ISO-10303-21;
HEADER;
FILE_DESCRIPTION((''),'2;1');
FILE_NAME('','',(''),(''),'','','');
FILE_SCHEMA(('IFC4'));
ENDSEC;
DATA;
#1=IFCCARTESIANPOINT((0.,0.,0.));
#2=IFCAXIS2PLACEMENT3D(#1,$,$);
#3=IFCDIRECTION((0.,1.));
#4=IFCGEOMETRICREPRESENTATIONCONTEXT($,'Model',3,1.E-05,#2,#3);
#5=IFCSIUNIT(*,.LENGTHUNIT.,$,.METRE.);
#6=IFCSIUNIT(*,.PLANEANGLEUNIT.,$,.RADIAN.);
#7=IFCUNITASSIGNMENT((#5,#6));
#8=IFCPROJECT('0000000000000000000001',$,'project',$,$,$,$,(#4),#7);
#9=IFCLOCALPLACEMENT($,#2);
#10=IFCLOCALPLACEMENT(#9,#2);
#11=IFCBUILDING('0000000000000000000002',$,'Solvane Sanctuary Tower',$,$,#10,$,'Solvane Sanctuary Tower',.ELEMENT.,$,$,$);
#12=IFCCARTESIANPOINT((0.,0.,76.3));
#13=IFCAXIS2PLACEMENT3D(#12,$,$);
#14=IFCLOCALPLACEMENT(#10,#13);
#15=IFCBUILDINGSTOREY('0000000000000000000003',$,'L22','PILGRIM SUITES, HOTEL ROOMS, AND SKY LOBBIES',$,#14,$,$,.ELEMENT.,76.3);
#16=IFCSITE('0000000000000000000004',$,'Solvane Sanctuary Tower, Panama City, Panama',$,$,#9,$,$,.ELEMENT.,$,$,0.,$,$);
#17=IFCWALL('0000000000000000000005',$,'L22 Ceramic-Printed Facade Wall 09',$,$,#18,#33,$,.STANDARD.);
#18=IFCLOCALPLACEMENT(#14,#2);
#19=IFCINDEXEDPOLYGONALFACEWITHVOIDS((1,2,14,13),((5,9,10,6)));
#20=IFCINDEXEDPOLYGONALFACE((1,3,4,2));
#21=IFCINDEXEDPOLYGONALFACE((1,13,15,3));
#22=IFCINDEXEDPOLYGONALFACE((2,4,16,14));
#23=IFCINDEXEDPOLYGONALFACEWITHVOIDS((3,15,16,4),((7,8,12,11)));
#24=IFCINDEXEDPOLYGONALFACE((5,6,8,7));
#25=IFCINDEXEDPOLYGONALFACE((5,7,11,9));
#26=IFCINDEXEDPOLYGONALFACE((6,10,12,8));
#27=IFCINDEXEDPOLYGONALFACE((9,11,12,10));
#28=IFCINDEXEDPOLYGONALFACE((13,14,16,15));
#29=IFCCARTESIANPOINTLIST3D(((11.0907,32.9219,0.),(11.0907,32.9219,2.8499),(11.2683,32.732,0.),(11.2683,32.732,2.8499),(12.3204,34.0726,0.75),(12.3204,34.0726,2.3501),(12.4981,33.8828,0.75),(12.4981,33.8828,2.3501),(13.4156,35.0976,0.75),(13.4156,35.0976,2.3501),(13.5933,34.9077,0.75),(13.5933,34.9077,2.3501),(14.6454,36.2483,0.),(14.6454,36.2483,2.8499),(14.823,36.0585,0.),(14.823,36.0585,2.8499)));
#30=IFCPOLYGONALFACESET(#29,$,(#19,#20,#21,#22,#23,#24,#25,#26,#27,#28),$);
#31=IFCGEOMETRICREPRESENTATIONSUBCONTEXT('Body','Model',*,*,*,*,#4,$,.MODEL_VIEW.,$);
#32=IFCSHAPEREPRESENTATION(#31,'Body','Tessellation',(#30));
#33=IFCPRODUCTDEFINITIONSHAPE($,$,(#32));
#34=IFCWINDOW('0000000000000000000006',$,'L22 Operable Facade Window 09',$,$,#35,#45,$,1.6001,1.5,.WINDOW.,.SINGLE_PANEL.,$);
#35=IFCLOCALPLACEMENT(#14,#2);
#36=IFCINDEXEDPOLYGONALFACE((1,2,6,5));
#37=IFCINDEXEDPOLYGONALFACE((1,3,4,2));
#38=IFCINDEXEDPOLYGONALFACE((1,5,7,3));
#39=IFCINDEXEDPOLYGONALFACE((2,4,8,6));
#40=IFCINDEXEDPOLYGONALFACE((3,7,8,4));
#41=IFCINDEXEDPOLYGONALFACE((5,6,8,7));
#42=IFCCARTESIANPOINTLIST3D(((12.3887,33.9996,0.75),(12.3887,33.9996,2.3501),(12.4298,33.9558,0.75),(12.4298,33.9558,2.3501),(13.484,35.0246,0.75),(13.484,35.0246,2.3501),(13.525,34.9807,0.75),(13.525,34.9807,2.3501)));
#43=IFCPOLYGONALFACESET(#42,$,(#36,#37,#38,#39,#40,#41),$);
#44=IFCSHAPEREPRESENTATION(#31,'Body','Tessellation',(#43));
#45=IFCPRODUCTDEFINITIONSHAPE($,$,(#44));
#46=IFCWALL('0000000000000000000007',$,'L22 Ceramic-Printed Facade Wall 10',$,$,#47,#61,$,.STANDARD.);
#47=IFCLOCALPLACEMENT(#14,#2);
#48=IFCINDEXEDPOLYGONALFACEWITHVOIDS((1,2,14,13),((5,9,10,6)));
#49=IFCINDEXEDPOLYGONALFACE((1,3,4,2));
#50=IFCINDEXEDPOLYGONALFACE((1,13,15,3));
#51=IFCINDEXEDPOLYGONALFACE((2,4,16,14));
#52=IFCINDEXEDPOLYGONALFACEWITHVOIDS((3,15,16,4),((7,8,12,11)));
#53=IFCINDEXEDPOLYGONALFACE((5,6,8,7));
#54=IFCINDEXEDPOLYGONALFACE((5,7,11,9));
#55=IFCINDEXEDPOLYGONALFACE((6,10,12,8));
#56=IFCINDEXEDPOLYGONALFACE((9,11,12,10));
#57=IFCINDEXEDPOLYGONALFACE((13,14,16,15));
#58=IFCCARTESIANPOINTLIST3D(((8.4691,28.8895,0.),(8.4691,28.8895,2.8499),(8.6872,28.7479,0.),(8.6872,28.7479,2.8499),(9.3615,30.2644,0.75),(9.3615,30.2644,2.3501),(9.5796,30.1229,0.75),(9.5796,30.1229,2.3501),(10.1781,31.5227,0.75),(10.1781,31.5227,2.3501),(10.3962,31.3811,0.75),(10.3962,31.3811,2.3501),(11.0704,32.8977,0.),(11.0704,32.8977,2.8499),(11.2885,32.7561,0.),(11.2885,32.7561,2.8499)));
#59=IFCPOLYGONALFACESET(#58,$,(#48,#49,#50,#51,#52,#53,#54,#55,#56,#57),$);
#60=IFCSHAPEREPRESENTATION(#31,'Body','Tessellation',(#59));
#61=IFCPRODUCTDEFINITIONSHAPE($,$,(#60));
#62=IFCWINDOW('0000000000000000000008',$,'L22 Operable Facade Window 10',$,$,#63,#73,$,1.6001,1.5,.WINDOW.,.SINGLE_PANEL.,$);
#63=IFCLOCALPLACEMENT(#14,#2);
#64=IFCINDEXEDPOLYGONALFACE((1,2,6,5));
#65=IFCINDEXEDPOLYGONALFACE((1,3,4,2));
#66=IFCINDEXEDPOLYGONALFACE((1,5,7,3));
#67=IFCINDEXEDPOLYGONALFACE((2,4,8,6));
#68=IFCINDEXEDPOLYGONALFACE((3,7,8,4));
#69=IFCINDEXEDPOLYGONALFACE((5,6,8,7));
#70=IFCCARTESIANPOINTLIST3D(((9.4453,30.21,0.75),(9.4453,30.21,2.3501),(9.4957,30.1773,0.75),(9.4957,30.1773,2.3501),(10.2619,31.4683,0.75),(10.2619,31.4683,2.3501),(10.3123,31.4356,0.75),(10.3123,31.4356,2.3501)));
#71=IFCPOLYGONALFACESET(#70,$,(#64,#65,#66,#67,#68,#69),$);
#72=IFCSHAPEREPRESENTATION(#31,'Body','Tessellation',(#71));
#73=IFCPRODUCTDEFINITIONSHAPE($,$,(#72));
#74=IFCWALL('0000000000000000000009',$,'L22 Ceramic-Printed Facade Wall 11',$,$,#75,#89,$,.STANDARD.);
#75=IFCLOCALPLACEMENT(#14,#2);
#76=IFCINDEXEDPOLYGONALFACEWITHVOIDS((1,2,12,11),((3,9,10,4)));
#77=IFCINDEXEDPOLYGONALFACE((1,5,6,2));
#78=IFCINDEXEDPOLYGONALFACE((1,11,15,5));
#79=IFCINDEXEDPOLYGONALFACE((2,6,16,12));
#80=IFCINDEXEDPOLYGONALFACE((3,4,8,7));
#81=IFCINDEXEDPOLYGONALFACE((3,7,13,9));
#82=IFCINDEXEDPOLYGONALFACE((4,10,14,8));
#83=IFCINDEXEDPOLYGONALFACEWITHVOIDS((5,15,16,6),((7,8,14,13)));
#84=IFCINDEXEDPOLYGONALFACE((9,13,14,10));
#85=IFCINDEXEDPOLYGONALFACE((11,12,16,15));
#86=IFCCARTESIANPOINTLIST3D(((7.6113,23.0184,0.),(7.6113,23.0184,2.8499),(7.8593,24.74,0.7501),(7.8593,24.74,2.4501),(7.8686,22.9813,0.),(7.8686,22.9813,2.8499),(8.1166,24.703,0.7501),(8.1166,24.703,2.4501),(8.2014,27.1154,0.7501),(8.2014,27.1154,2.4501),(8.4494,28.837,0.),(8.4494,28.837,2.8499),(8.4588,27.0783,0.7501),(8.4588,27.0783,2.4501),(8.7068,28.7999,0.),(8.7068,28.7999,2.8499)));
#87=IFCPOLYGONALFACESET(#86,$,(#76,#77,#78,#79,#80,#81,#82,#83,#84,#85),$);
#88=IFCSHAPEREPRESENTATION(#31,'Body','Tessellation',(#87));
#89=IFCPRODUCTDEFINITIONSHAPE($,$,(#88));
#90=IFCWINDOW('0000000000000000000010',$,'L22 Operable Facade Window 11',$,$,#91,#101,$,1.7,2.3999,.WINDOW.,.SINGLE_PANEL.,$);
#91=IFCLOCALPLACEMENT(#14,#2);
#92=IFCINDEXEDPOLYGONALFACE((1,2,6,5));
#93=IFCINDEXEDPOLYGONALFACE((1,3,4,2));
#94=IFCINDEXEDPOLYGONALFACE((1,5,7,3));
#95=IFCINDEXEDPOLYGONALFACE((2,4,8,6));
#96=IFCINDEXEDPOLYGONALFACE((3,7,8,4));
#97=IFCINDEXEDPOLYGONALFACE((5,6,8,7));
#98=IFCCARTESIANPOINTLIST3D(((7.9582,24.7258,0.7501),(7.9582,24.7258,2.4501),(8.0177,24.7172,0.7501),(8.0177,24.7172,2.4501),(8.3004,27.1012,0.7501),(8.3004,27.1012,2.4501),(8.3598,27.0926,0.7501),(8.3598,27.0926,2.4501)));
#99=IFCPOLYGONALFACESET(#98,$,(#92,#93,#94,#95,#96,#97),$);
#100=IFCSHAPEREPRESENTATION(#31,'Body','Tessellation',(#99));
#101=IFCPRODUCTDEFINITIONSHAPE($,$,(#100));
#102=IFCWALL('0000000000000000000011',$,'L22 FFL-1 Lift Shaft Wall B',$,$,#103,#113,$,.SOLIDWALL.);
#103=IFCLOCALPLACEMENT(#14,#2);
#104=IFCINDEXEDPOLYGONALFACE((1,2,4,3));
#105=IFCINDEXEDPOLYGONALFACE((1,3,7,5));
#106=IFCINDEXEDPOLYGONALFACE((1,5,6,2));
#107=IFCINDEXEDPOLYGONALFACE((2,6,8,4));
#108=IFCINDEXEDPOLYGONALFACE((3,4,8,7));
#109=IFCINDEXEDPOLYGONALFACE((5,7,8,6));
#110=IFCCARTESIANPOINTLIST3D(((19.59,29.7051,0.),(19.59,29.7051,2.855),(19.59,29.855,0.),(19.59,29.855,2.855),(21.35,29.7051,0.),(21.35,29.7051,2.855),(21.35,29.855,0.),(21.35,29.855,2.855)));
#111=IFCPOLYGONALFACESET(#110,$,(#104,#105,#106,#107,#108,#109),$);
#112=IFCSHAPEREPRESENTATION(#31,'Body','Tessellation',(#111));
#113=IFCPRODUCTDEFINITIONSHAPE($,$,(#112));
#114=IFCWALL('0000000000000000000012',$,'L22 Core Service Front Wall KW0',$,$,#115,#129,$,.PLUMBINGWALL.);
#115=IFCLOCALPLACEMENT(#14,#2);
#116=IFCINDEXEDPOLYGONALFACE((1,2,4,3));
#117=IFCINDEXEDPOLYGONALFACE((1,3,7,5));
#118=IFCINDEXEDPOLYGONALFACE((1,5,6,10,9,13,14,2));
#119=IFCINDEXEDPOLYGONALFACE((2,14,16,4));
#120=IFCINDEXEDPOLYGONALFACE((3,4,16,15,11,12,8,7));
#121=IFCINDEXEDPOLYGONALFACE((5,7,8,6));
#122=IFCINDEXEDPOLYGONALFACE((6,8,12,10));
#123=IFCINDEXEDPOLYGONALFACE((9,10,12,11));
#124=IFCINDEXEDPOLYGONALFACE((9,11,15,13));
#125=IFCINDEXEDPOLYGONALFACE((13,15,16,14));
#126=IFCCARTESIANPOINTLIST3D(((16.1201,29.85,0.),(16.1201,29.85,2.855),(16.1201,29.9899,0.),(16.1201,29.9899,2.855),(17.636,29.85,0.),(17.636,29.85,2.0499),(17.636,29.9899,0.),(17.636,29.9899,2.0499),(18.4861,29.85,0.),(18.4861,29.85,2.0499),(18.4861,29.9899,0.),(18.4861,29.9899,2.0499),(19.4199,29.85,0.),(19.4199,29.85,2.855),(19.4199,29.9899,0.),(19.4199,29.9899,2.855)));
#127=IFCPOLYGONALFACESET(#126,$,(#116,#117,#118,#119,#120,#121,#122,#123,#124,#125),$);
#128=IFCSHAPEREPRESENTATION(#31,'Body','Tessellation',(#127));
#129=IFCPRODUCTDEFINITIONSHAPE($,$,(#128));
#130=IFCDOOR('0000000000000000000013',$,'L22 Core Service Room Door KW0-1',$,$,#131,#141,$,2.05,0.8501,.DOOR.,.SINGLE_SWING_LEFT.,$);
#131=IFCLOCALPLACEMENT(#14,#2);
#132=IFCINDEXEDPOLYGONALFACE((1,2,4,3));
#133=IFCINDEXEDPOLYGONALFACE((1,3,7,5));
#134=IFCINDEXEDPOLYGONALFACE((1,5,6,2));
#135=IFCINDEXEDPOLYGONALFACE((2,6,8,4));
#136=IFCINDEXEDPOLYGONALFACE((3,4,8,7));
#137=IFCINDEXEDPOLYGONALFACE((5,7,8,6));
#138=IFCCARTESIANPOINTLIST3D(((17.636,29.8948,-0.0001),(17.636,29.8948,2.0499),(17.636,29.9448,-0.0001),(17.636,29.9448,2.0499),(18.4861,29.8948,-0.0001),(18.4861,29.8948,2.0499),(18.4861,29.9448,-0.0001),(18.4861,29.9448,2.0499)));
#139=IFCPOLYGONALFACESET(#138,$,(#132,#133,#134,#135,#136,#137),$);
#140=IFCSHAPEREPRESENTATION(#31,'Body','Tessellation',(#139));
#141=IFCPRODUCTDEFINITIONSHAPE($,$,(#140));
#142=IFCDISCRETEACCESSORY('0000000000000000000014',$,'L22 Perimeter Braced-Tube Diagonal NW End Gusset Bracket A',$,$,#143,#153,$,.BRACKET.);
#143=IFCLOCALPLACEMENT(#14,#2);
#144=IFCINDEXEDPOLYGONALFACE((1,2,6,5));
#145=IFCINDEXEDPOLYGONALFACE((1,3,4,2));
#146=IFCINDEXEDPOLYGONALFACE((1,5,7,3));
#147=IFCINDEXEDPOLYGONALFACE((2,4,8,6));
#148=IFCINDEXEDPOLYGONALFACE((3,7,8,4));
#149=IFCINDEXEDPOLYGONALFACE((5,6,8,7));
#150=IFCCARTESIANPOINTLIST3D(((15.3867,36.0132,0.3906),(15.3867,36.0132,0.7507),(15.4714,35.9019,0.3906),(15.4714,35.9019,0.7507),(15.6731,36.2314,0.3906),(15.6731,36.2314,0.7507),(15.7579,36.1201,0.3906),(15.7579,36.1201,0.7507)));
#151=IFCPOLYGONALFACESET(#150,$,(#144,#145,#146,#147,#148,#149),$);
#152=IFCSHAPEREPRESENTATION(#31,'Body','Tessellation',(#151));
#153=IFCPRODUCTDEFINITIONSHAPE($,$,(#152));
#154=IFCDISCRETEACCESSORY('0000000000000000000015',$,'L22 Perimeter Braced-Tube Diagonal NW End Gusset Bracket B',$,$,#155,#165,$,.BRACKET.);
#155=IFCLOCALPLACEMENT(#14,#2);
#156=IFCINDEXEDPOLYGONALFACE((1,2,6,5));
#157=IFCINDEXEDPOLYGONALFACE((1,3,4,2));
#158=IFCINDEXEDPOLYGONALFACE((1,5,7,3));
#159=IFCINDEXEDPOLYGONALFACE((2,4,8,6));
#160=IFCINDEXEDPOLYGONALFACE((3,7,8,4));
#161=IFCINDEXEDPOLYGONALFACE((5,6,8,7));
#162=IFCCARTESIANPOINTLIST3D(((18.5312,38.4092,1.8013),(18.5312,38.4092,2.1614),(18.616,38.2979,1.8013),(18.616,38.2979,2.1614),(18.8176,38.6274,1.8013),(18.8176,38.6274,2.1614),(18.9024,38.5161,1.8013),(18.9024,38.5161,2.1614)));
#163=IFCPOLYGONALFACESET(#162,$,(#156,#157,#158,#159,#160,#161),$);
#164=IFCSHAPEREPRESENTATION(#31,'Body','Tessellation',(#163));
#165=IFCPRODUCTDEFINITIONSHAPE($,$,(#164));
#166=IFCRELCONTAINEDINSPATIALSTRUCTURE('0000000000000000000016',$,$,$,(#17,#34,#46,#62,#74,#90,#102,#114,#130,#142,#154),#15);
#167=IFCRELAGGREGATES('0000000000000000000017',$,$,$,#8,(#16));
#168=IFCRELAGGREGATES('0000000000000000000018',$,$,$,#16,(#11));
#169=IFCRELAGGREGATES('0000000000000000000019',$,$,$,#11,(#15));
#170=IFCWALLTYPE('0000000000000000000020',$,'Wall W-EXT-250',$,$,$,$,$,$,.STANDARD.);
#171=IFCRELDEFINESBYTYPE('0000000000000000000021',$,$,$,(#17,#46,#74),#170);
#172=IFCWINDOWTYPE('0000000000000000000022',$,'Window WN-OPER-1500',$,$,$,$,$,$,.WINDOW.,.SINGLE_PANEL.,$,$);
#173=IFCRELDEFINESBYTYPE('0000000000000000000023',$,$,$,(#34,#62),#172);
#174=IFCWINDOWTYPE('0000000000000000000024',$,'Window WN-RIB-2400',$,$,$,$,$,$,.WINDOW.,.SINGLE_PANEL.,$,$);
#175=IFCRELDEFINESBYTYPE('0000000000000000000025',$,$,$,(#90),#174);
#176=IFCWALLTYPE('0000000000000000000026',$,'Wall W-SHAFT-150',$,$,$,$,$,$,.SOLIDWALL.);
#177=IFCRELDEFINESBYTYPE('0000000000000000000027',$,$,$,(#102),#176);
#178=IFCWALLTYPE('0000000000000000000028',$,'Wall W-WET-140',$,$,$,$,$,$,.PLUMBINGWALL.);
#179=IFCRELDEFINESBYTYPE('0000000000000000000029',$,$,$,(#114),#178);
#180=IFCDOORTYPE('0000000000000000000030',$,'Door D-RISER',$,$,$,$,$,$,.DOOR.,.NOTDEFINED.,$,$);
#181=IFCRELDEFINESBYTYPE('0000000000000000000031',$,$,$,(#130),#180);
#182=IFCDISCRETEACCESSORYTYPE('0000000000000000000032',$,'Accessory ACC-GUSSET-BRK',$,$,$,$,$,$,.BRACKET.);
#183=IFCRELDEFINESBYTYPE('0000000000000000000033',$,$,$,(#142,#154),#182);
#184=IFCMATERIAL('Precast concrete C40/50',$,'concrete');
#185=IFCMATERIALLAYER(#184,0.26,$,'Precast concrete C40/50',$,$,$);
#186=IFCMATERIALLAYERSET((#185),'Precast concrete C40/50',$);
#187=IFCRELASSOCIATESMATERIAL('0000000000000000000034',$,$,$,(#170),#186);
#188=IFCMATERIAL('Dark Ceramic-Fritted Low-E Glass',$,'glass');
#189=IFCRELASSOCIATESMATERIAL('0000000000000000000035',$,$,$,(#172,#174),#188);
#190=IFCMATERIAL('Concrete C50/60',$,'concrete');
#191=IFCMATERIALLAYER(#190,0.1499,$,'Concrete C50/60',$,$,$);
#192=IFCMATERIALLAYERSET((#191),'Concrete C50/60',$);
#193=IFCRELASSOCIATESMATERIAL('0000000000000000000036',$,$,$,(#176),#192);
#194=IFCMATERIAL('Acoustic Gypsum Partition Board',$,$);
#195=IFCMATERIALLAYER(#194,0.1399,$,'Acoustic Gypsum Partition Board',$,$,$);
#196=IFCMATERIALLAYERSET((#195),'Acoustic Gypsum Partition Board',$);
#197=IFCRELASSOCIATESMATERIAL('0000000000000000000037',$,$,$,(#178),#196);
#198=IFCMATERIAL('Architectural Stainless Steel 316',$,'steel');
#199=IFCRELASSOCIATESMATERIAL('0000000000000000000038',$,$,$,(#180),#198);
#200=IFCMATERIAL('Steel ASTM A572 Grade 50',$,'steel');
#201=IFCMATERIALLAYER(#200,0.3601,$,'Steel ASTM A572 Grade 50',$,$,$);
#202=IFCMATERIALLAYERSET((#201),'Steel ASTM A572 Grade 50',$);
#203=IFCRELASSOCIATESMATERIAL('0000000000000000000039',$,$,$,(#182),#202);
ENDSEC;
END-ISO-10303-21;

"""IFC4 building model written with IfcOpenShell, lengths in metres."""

from ifc_helpers import new_model, si_unit, direction, frame, frame_2d, origin, origin_2d, place, context, subcontext, project, spatial, rectangle, extrude, material, layer, layer_set, type_object, element, fill, save


model = new_model("IFC4")

# Units and contexts
model_context = context("Model", 3, precision=1e-05, world=origin(), true_north=direction((0.0, 1.0)))
body_context = subcontext(model_context, "Body", "Model", "MODEL_VIEW")
ifc_project = project(units=[si_unit("LENGTHUNIT", "METRE"), si_unit("PLANEANGLEUNIT", "RADIAN")], contexts=[model_context])

# Site, building, storey
site_placement = place(None, origin())
site = spatial("IfcSite", under=ifc_project, at=site_placement, Name="Solvane Sanctuary Tower, Panama City, Panama", CompositionType="ELEMENT", RefElevation=0.0)
building_placement = place(site_placement, origin())
building = spatial("IfcBuilding", under=site, at=building_placement, Name="Solvane Sanctuary Tower", LongName="Solvane Sanctuary Tower", CompositionType="ELEMENT")
storey_placement = place(building_placement, frame((0.0, 0.0, 76.3)))
storey = spatial("IfcBuildingStorey", under=building, at=storey_placement, Name="L22", Description="PILGRIM SUITES, HOTEL ROOMS, AND SKY LOBBIES", CompositionType="ELEMENT", Elevation=76.3)

# Shared definitions
ifc_material_1 = material(Name="Acoustic Gypsum Partition Board")

# Shared definitions
ifc_material_2 = material(Name="Precast concrete C40/50", Category="concrete")
ifc_layer_1 = layer(ifc_material_2, 0.26, Name="Precast concrete C40/50")
ifc_layer_set_1 = layer_set([ifc_layer_1], Name="Precast concrete C40/50")
wall_type_1 = type_object("IfcWallType", Name="Wall W-EXT-250", PredefinedType="STANDARD", material=ifc_layer_set_1)

# Walls, openings, windows
wall_1_placement = place(storey_placement, frame((14.7341, 36.1533, 0.0), z_axis=(0.0, 0.0, 1.0), x_axis=(-0.730162, -0.683274, 0.0)))
wall_1 = element("IfcWall", 1, at=wall_1_placement, inside=storey, type_object=wall_type_1, Name="L22 Ceramic-Printed Facade Wall 09", PredefinedType="STANDARD", context=body_context, shape_type="SweptSolid", body=[
    extrude(rectangle(XDim=4.8684, YDim=0.26, at=frame_2d((2.4341, 0.0))), origin(), (0.0, 0.0, 1.0), 2.8499),
])
opening_1_placement = place(wall_1_placement, frame((1.6841, 0.0, 0.75)))
opening_1 = element("IfcOpeningElement", 2, at=opening_1_placement, cuts=wall_1, PredefinedType="OPENING", context=body_context, shape_type="SweptSolid", body=[
    extrude(rectangle(XDim=1.5, YDim=1.6001, at=frame_2d((0.75, 0.8))), frame((0.0, 0.1399, 0.0), z_axis=(0.0, -1.0, 0.0), x_axis=(1.0, 0.0, 0.0)), (0.0, 0.0, 1.0), 0.28),
])
ifc_material_3 = material(Name="Dark Ceramic-Fritted Low-E Glass", Category="glass")
window_type_1 = type_object("IfcWindowType", Name="Window WN-OPER-1500", PartitioningType="SINGLE_PANEL", PredefinedType="WINDOW", material=ifc_material_3)
window_1_placement = place(opening_1_placement, origin())
window_1 = element("IfcWindow", 3, at=window_1_placement, inside=storey, type_object=window_type_1, Name="L22 Operable Facade Window 09", OverallHeight=1.6001, OverallWidth=1.5, PartitioningType="SINGLE_PANEL", PredefinedType="WINDOW", context=body_context, shape_type="SweptSolid", body=[
    extrude(rectangle(XDim=1.5, YDim=1.6001, at=frame_2d((0.75, 0.8))), frame((0.0, 0.03, 0.0), z_axis=(0.0, -1.0, 0.0), x_axis=(1.0, 0.0, 0.0)), (0.0, 0.0, 1.0), 0.0601),
])
fill(opening_1, window_1)
wall_2_placement = place(storey_placement, frame((11.1794, 32.8269, 0.0), z_axis=(0.0, 0.0, 1.0), x_axis=(-0.544388, -0.838833, 0.0)))
wall_2 = element("IfcWall", 4, at=wall_2_placement, inside=storey, type_object=wall_type_1, Name="L22 Ceramic-Printed Facade Wall 10", PredefinedType="STANDARD", context=body_context, shape_type="SweptSolid", body=[
    extrude(rectangle(XDim=4.7783, YDim=0.26, at=frame_2d((2.3892, 0.0))), origin(), (0.0, 0.0, 1.0), 2.8499),
])
opening_2_placement = place(wall_2_placement, frame((1.6392, 0.0, 0.75)))
opening_2 = element("IfcOpeningElement", 5, at=opening_2_placement, cuts=wall_2, PredefinedType="OPENING", context=body_context, shape_type="SweptSolid", body=[
    extrude(rectangle(XDim=1.5, YDim=1.6001, at=frame_2d((0.75, 0.8))), frame((0.0, 0.1399, 0.0), z_axis=(0.0, -1.0, 0.0), x_axis=(1.0, 0.0, 0.0)), (0.0, 0.0, 1.0), 0.28),
])
window_2_placement = place(opening_2_placement, origin())
window_2 = element("IfcWindow", 6, at=window_2_placement, inside=storey, type_object=window_type_1, Name="L22 Operable Facade Window 10", OverallHeight=1.6001, OverallWidth=1.5, PartitioningType="SINGLE_PANEL", PredefinedType="WINDOW", context=body_context, shape_type="SweptSolid", body=[
    extrude(rectangle(XDim=1.5, YDim=1.6001, at=frame_2d((0.75, 0.8))), frame((0.0, 0.03, 0.0), z_axis=(0.0, -1.0, 0.0), x_axis=(1.0, 0.0, 0.0)), (0.0, 0.0, 1.0), 0.0601),
])
fill(opening_2, window_2)
wall_3_placement = place(storey_placement, frame((8.5781, 28.8186, 0.0), z_axis=(0.0, 0.0, 1.0), x_axis=(-0.142572, -0.989784, 0.0)))
wall_3 = element("IfcWall", 7, at=wall_3_placement, inside=storey, type_object=wall_type_1, Name="L22 Ceramic-Printed Facade Wall 11", PredefinedType="STANDARD", context=body_context, shape_type="SweptSolid", body=[
    extrude(rectangle(XDim=5.8787, YDim=0.26, at=frame_2d((2.9395, 0.0))), origin(), (0.0, 0.0, 1.0), 2.8499),
])
opening_3_placement = place(wall_3_placement, frame((1.7395, 0.0, 0.75)))
opening_3 = element("IfcOpeningElement", 8, at=opening_3_placement, cuts=wall_3, PredefinedType="OPENING", context=body_context, shape_type="SweptSolid", body=[
    extrude(rectangle(XDim=2.3999, YDim=1.7, at=frame_2d((1.2, 0.8501))), frame((0.0, 0.1399, 0.0), z_axis=(0.0, -1.0, 0.0), x_axis=(1.0, 0.0, 0.0)), (0.0, 0.0, 1.0), 0.28),
])
window_type_2 = type_object("IfcWindowType", Name="Window WN-RIB-2400", PartitioningType="SINGLE_PANEL", PredefinedType="WINDOW", material=ifc_material_3)
window_3_placement = place(opening_3_placement, origin())
window_3 = element("IfcWindow", 9, at=window_3_placement, inside=storey, type_object=window_type_2, Name="L22 Operable Facade Window 11", OverallHeight=1.7, OverallWidth=2.3999, PartitioningType="SINGLE_PANEL", PredefinedType="WINDOW", context=body_context, shape_type="SweptSolid", body=[
    extrude(rectangle(XDim=2.3999, YDim=1.7, at=frame_2d((1.2, 0.8501))), frame((0.0, 0.03, 0.0), z_axis=(0.0, -1.0, 0.0), x_axis=(1.0, 0.0, 0.0)), (0.0, 0.0, 1.0), 0.0601),
])
fill(opening_3, window_3)

# Wall
ifc_material_4 = material(Name="Concrete C50/60", Category="concrete")
ifc_layer_2 = layer(ifc_material_4, 0.1499, Name="Concrete C50/60")
ifc_layer_set_2 = layer_set([ifc_layer_2], Name="Concrete C50/60")
wall_type_2 = type_object("IfcWallType", Name="Wall W-SHAFT-150", PredefinedType="SOLIDWALL", material=ifc_layer_set_2)
wall_4_placement = place(storey_placement, frame((19.5901, 29.78, 0.0), z_axis=(0.0, 0.0, 1.0), x_axis=(1.0, 0.0, 0.0)))
element("IfcWall", 10, at=wall_4_placement, inside=storey, type_object=wall_type_2, Name="L22 FFL-1 Lift Shaft Wall B", PredefinedType="SOLIDWALL", context=body_context, shape_type="SweptSolid", body=[
    extrude(rectangle(XDim=1.76, YDim=0.1499, at=frame_2d((0.8799, 0.0))), origin(), (0.0, 0.0, 1.0), 2.855),
])

# Wall, opening, door
ifc_layer_3 = layer(ifc_material_1, 0.1399, Name="Acoustic Gypsum Partition Board")
ifc_layer_set_3 = layer_set([ifc_layer_3], Name="Acoustic Gypsum Partition Board")
wall_type_3 = type_object("IfcWallType", Name="Wall W-WET-140", PredefinedType="PLUMBINGWALL", material=ifc_layer_set_3)
wall_5_placement = place(storey_placement, frame((16.1201, 29.9199, 0.0), z_axis=(0.0, 0.0, 1.0), x_axis=(1.0, 0.0, 0.0)))
wall_5 = element("IfcWall", 11, at=wall_5_placement, inside=storey, type_object=wall_type_3, Name="L22 Core Service Front Wall KW0", PredefinedType="PLUMBINGWALL", context=body_context, shape_type="SweptSolid", body=[
    extrude(rectangle(XDim=3.2998, YDim=0.1399, at=frame_2d((1.6499, 0.0))), origin(), (0.0, 0.0, 1.0), 2.855),
])
opening_4_placement = place(wall_5_placement, frame((1.5159, 0.0, 0.0)))
opening_4 = element("IfcOpeningElement", 12, at=opening_4_placement, cuts=wall_5, PredefinedType="OPENING", context=body_context, shape_type="SweptSolid", body=[
    extrude(rectangle(XDim=0.8501, YDim=2.05, at=frame_2d((0.425, 1.0249))), frame((0.0, 0.0798, 0.0), z_axis=(0.0, -1.0, 0.0), x_axis=(1.0, 0.0, 0.0)), (0.0, 0.0, 1.0), 0.1599),
])
ifc_material_5 = material(Name="Architectural Stainless Steel 316", Category="steel")
door_type_1 = type_object("IfcDoorType", Name="Door D-RISER", OperationType="NOTDEFINED", PredefinedType="DOOR", material=ifc_material_5)
door_1_placement = place(opening_4_placement, origin())
door_1 = element("IfcDoor", 13, at=door_1_placement, inside=storey, type_object=door_type_1, Name="L22 Core Service Room Door KW0-1", OperationType="SINGLE_SWING_LEFT", OverallHeight=2.05, OverallWidth=0.8501, PredefinedType="DOOR", context=body_context, shape_type="SweptSolid", body=[
    extrude(rectangle(XDim=0.8501, YDim=2.05, at=frame_2d((0.425, 1.0249))), frame((0.0, 0.0249, 0.0), z_axis=(0.0, -1.0, 0.0), x_axis=(1.0, 0.0, 0.0)), (0.0, 0.0, 1.0), 0.05),
])
fill(opening_4, door_1)

# Discrete accessories
ifc_material_6 = material(Name="Steel ASTM A572 Grade 50", Category="steel")
ifc_layer_4 = layer(ifc_material_6, 0.3601, Name="Steel ASTM A572 Grade 50")
ifc_layer_set_4 = layer_set([ifc_layer_4], Name="Steel ASTM A572 Grade 50")
discrete_accessory_type = type_object("IfcDiscreteAccessoryType", Name="Accessory ACC-GUSSET-BRK", PredefinedType="BRACKET", material=ifc_layer_set_4)
for number, where, z_axis, x_axis, name in (
    (14, (15.5723, 36.0667, 0.3906), (0.0, 0.0, 1.0), (0.795473, 0.605988, 0.0), "L22 Perimeter Braced-Tube Diagonal NW End Gusset Bracket A"),
    (15, (18.7168, 38.4626, 1.8013), (0.0, 0.0, 1.0), (0.795473, 0.605988, 0.0), "L22 Perimeter Braced-Tube Diagonal NW End Gusset Bracket B"),
):
    element("IfcDiscreteAccessory", number, at=place(storey_placement, frame(where, z_axis=z_axis, x_axis=x_axis)), inside=storey, type_object=discrete_accessory_type, Name=name, PredefinedType="BRACKET", context=body_context, shape_type="SweptSolid", body=[
        extrude(rectangle(XDim=0.3601, YDim=0.1399, at=origin_2d()), origin(), (0.0, 0.0, 1.0), 0.3601),
    ])

save(model, "model.ifc")
